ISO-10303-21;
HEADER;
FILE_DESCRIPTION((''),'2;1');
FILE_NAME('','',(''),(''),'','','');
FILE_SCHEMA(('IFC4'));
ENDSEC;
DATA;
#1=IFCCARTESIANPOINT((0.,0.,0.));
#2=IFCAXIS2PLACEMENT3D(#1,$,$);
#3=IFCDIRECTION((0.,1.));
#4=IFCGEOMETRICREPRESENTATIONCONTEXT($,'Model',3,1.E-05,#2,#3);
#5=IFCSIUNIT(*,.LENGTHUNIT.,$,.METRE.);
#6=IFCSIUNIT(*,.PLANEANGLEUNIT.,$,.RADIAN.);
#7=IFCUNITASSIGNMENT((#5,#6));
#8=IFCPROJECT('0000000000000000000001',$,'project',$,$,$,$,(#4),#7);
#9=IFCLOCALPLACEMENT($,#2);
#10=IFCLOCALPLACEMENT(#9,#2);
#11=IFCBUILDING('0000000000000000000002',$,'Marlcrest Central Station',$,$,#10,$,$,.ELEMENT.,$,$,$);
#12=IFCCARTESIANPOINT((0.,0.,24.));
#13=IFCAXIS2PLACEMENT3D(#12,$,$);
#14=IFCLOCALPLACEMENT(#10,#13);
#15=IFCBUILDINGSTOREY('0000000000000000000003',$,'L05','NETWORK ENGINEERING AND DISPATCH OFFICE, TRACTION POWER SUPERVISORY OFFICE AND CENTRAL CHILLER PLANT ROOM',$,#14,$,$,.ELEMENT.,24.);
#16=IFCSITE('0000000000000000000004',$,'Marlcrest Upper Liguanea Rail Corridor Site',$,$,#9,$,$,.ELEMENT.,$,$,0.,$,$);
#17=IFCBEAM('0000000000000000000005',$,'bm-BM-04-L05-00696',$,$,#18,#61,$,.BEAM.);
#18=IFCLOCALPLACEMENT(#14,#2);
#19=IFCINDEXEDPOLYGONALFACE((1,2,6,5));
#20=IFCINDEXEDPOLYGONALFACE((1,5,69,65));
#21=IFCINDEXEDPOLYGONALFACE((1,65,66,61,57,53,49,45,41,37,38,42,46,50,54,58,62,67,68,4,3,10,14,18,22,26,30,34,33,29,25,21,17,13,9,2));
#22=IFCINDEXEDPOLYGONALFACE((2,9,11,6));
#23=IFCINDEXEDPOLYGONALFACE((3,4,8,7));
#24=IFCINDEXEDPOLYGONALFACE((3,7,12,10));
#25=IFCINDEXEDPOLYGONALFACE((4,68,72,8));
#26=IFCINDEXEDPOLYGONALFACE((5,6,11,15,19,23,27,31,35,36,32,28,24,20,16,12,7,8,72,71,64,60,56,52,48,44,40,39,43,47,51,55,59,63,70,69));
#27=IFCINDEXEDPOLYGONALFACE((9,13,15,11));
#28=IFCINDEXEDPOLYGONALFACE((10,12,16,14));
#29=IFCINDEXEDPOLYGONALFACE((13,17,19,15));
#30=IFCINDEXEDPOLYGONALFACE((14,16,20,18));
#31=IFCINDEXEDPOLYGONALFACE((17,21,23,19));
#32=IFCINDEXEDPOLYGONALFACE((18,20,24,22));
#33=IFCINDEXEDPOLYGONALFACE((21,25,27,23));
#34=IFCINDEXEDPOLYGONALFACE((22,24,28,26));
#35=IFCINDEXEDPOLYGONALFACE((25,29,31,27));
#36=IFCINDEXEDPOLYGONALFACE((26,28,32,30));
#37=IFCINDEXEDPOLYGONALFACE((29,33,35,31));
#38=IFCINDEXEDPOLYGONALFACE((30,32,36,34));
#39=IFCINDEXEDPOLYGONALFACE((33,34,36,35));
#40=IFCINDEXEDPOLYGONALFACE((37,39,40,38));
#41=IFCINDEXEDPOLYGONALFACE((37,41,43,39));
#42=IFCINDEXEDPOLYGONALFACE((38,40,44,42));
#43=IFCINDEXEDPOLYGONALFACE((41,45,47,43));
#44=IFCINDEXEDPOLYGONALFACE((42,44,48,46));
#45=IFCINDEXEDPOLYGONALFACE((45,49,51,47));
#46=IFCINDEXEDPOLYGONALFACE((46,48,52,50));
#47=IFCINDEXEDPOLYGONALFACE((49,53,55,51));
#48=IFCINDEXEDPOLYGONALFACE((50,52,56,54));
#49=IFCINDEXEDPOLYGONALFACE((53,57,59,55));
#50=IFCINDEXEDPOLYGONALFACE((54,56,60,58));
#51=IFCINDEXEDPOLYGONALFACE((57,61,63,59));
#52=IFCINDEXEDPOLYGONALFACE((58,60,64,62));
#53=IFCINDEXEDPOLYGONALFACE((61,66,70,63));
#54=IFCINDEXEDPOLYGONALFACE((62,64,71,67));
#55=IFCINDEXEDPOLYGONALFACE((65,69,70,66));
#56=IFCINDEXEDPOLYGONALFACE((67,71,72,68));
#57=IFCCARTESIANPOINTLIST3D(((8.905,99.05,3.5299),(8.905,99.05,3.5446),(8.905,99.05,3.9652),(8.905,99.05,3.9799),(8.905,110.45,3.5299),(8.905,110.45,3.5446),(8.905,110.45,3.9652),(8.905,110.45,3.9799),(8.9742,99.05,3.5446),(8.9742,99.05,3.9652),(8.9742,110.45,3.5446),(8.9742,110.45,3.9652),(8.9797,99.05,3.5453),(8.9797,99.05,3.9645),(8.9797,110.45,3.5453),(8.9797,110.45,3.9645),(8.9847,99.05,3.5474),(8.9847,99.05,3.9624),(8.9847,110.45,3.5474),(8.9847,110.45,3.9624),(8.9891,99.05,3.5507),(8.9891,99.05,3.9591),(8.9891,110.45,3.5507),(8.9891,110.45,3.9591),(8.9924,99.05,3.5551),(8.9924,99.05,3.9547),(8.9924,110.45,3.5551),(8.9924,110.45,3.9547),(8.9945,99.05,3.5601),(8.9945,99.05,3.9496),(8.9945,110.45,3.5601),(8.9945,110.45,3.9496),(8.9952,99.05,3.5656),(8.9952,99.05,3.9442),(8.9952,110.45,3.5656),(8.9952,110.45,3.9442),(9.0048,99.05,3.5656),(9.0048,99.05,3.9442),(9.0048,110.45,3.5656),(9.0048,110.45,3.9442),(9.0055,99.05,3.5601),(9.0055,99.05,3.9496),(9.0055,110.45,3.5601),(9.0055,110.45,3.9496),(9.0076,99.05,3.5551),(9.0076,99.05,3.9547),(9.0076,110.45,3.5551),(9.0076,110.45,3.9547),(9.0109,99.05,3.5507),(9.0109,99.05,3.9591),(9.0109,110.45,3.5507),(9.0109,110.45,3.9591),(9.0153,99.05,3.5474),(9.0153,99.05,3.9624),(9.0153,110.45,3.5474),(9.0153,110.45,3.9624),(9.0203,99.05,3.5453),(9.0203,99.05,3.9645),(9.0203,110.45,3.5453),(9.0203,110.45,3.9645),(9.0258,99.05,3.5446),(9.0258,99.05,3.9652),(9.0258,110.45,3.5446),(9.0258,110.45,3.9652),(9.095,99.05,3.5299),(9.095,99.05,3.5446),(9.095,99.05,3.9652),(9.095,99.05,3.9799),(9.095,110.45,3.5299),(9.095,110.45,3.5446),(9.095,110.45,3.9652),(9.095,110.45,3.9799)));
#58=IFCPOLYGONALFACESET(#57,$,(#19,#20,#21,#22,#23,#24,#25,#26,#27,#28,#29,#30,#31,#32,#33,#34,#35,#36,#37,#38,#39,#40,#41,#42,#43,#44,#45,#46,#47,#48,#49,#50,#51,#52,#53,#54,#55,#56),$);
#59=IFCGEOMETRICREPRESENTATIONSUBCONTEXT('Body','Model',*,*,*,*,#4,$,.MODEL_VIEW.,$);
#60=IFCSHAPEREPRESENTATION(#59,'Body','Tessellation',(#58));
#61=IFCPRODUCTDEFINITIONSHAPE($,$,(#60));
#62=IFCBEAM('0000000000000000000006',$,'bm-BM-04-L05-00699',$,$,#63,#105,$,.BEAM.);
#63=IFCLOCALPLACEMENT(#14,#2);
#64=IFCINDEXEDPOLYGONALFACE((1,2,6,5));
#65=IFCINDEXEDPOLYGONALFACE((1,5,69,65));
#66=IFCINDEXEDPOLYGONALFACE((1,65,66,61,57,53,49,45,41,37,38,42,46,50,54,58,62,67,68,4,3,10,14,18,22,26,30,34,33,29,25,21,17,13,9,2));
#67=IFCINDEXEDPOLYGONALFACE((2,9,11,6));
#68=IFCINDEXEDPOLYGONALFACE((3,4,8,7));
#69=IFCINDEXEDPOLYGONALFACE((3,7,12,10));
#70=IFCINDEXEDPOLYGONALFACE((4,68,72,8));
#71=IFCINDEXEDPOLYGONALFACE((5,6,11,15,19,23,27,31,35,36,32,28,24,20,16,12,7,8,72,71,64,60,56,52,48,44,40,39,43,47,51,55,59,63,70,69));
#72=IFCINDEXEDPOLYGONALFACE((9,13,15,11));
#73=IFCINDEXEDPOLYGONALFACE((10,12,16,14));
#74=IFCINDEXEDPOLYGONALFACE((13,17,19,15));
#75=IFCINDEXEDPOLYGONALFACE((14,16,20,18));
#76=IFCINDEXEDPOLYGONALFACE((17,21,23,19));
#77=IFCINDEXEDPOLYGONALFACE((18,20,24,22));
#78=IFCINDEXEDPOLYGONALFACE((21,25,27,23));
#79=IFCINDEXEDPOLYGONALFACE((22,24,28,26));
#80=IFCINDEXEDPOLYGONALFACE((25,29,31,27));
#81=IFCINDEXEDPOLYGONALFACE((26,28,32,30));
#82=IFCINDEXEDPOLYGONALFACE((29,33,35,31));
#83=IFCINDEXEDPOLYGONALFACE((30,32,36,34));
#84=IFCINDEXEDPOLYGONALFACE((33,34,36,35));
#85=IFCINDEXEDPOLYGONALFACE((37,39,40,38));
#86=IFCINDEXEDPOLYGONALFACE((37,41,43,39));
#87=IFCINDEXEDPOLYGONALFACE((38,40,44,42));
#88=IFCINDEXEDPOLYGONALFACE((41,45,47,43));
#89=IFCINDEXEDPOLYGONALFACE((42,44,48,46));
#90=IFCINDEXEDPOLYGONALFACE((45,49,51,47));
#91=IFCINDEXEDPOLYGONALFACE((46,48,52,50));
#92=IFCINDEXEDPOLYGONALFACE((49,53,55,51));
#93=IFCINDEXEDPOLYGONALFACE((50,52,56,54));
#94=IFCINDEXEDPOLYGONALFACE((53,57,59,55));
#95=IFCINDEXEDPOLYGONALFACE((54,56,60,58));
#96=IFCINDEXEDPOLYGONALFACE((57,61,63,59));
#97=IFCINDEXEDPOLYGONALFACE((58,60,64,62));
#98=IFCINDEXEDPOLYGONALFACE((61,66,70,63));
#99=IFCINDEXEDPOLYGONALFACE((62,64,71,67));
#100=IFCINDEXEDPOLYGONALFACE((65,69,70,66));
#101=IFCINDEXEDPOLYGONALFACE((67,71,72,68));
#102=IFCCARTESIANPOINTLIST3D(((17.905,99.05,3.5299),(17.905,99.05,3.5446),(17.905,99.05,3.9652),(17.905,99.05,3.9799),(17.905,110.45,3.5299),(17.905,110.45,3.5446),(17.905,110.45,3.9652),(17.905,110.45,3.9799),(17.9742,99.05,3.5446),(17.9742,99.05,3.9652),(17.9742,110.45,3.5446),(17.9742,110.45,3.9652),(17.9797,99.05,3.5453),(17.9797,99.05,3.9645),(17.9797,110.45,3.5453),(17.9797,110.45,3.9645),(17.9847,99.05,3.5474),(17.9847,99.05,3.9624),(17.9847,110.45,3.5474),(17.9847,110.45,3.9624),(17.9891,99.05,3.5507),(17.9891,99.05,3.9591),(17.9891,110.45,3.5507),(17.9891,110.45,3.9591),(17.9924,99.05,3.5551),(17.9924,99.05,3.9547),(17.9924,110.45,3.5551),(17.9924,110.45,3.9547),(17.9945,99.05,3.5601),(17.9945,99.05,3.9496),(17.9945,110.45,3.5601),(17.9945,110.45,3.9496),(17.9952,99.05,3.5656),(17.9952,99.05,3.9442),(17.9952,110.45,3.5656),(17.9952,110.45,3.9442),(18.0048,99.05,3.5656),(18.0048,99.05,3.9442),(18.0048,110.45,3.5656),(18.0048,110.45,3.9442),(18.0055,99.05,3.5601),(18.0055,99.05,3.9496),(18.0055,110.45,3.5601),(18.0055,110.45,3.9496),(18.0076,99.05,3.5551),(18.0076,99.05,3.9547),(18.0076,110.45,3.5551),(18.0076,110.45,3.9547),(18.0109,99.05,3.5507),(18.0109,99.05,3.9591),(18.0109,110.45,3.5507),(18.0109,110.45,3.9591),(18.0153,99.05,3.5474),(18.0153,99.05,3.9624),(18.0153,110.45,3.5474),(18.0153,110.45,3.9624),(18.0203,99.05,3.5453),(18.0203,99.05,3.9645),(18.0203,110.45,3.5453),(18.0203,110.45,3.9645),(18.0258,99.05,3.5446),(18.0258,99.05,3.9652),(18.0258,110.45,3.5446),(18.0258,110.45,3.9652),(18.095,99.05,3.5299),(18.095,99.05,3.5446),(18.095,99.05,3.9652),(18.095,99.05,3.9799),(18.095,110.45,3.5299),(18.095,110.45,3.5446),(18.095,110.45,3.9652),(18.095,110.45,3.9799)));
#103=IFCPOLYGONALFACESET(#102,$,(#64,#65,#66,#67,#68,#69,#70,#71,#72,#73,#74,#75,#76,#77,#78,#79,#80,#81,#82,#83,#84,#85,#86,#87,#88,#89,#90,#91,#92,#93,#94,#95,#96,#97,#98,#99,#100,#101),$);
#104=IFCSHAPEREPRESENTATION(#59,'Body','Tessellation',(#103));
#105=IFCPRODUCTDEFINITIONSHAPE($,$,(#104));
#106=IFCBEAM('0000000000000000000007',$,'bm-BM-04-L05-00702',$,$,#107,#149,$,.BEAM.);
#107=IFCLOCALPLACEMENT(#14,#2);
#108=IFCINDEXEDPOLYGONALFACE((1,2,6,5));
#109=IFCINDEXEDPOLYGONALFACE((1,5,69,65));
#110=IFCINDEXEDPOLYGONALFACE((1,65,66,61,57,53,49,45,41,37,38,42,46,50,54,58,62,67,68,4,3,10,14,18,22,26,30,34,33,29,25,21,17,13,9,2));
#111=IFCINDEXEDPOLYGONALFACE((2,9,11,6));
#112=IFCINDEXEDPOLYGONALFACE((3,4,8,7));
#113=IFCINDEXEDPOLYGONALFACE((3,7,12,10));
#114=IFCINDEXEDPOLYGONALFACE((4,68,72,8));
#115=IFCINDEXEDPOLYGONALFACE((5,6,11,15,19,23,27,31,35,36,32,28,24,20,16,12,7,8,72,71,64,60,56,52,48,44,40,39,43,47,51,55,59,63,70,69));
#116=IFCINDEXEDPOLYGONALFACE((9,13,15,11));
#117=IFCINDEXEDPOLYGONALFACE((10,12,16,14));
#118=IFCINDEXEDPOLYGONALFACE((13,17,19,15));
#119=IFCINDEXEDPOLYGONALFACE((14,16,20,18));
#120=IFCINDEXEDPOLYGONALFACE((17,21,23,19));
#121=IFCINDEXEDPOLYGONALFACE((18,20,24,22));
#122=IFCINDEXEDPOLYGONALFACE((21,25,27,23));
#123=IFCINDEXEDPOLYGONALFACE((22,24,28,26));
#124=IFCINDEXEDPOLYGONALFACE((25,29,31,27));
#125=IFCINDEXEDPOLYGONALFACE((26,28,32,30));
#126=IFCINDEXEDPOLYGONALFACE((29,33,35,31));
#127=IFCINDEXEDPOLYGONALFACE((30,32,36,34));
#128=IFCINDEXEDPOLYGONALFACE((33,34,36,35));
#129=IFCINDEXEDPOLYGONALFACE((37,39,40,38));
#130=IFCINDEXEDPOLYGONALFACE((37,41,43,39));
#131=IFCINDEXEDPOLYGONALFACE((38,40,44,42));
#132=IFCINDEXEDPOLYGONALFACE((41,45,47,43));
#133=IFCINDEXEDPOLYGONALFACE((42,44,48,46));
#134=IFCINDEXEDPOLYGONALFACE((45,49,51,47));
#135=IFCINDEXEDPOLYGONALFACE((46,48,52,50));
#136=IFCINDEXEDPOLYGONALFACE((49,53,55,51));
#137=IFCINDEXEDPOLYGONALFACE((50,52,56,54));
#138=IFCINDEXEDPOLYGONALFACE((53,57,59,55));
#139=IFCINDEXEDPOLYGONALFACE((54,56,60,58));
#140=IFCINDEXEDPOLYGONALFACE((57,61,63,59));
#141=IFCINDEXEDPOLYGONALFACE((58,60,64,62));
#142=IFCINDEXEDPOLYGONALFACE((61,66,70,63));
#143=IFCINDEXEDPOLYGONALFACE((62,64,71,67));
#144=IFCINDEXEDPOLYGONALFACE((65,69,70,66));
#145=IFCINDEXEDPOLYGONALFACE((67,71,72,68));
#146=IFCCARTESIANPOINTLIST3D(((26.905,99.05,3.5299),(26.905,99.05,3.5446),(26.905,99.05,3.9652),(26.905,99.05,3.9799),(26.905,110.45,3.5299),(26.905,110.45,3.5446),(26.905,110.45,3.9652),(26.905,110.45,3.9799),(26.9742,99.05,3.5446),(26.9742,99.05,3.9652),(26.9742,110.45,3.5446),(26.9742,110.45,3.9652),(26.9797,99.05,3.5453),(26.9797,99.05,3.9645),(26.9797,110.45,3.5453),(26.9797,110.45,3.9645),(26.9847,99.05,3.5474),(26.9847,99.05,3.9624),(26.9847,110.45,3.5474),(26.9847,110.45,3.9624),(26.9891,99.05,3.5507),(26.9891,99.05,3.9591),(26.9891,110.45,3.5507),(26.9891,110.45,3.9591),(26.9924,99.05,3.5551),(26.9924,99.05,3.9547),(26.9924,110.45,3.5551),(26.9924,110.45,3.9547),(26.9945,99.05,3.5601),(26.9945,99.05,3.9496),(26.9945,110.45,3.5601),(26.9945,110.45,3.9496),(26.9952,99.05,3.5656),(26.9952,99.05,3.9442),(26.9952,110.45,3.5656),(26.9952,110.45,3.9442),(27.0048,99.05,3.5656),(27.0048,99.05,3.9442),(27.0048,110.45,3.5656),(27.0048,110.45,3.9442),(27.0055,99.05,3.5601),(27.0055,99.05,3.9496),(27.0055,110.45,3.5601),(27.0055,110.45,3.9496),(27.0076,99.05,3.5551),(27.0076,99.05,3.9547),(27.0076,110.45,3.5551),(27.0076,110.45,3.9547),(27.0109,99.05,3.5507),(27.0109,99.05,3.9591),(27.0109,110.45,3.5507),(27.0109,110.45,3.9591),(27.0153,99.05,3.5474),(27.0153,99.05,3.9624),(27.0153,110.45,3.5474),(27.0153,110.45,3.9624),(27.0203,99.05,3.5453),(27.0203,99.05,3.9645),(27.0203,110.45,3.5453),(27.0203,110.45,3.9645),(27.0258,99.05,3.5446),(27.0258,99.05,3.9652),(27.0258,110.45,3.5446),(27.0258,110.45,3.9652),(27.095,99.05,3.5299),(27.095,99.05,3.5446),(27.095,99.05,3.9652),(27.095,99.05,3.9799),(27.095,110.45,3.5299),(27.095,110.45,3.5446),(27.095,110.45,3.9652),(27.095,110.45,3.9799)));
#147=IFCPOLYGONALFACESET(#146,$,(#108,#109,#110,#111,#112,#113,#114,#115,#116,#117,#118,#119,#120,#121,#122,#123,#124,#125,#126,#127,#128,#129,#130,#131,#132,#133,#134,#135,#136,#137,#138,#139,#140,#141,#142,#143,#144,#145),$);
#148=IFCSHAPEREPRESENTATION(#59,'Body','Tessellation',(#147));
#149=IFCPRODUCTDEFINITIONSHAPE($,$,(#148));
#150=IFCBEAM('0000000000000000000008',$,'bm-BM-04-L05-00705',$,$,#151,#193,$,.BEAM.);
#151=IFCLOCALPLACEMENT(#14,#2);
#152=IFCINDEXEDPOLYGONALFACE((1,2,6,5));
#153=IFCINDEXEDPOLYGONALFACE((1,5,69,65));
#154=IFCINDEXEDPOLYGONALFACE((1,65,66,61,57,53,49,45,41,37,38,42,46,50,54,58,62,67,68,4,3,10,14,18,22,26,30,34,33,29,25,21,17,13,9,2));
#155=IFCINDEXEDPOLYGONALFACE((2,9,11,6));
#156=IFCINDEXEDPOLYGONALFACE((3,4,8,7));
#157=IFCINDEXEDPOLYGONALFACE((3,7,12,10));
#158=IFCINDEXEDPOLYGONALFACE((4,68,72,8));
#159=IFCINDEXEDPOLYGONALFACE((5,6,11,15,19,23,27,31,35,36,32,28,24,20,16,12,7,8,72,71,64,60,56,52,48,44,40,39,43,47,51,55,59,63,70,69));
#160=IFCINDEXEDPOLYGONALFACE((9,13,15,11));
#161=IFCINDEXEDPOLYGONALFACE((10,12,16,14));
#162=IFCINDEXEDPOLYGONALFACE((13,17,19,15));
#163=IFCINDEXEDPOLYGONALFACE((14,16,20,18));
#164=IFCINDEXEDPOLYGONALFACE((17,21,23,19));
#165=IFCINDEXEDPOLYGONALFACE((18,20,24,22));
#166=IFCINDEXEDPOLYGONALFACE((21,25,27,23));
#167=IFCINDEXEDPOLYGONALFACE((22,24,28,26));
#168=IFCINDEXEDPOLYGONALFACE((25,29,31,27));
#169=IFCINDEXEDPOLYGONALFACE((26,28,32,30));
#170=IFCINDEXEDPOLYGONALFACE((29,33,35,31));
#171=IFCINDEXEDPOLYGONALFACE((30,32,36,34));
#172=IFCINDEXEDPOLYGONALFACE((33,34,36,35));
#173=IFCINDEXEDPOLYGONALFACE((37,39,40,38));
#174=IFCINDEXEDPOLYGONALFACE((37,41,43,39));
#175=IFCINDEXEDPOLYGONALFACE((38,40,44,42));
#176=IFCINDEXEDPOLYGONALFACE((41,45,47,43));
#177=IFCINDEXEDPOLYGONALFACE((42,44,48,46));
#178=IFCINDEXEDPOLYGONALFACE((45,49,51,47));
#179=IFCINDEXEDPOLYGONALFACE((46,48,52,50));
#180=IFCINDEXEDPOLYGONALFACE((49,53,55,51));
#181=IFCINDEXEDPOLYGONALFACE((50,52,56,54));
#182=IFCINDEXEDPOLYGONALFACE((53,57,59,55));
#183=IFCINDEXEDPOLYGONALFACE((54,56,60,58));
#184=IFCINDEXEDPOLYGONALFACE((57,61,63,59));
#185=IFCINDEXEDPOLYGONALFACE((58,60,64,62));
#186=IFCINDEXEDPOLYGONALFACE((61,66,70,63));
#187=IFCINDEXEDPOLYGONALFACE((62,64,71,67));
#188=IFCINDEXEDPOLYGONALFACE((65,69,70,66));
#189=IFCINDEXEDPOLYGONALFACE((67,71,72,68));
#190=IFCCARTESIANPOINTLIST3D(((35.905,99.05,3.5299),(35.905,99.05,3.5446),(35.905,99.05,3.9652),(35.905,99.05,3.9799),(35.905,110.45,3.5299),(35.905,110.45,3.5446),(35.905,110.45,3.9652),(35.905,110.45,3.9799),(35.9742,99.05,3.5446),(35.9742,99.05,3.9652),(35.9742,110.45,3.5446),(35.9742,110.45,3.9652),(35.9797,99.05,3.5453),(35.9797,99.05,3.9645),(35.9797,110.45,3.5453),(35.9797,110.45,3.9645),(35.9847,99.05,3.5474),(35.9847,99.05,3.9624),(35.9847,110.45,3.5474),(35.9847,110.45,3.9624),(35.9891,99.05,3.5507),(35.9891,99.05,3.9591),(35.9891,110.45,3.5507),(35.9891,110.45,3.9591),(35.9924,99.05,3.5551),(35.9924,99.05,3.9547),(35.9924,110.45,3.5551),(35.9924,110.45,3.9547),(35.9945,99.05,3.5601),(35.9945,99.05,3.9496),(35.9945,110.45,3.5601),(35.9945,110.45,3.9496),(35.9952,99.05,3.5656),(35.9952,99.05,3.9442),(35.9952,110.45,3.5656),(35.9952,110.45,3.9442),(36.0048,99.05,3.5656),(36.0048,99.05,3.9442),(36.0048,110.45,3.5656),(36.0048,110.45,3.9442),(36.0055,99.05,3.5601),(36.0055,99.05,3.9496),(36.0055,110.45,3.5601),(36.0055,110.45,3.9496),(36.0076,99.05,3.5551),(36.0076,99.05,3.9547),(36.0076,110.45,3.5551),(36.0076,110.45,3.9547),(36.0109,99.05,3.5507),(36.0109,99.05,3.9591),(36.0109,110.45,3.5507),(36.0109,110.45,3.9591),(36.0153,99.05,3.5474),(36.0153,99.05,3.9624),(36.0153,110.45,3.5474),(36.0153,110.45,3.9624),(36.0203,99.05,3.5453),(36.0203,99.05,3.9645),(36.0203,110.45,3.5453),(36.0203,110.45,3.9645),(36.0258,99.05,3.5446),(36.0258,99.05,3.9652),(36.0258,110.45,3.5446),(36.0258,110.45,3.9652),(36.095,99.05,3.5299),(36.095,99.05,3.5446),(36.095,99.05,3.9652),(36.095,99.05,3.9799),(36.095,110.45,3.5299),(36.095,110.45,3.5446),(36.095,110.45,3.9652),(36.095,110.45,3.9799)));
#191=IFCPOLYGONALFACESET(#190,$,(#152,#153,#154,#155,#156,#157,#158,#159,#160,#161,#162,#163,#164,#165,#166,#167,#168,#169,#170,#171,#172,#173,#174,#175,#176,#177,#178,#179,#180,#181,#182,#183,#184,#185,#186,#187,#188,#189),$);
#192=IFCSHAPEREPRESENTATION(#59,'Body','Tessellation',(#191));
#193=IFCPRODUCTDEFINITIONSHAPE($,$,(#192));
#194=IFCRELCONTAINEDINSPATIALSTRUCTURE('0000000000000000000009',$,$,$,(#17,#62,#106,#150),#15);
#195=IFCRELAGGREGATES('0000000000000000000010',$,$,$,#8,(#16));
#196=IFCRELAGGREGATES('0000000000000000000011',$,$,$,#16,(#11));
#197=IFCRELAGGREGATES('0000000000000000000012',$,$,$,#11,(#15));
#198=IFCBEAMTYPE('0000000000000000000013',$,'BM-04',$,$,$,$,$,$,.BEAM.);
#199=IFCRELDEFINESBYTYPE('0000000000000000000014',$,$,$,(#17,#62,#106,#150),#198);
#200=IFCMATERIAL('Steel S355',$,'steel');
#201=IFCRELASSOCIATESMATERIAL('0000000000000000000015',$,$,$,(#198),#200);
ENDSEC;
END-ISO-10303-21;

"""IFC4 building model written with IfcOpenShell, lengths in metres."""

from ifc_helpers import new_model, si_unit, direction, frame, origin, origin_2d, place, context, subcontext, project, spatial, i_section, extrude, material, material_profile, profile_set, type_object, element, save


model = new_model("IFC4")

# Units and contexts
model_context = context("Model", 3, precision=1e-05, world=origin(), true_north=direction((0.0, 1.0)))
body_context = subcontext(model_context, "Body", "Model", "MODEL_VIEW")
ifc_project = project(units=[si_unit("LENGTHUNIT", "METRE"), si_unit("PLANEANGLEUNIT", "RADIAN")], contexts=[model_context])

# Site, building, storey
site_placement = place(None, origin())
site = spatial("IfcSite", under=ifc_project, at=site_placement, Name="Marlcrest Upper Liguanea Rail Corridor Site", CompositionType="ELEMENT", RefElevation=0.0)
building_placement = place(site_placement, origin())
building = spatial("IfcBuilding", under=site, at=building_placement, Name="Marlcrest Central Station", CompositionType="ELEMENT")
storey_placement = place(building_placement, frame((0.0, 0.0, 24.0)))
storey = spatial("IfcBuildingStorey", under=building, at=storey_placement, Name="L05", Description="NETWORK ENGINEERING AND DISPATCH OFFICE, TRACTION POWER SUPERVISORY OFFICE AND CENTRAL CHILLER PLANT ROOM", CompositionType="ELEMENT", Elevation=24.0)

# Beams
ifc_material_1 = material(Name="Steel S355", Category="steel")
ifc_material_profile_1 = material_profile(ifc_material_1, i_section(OverallWidth=0.1899, OverallDepth=0.45, WebThickness=0.0095, FlangeThickness=0.0146, FilletRadius=0.021, at=origin_2d()), Name="IPE 450")
ifc_profile_set_1 = profile_set([ifc_material_profile_1], Name="Steel S355")
beam_type_1 = type_object("IfcBeamType", Name="BM-04", PredefinedType="BEAM", material=ifc_profile_set_1)
for number, where, z_axis, x_axis, name in (
    (1, (9.0, 99.05, 3.7549), (0.0, 1.0, 0.0), (-1.0, 0.0, 0.0), "bm-BM-04-L05-00696"),
    (2, (18.0, 99.05, 3.7549), (0.0, 1.0, 0.0), (-1.0, 0.0, 0.0), "bm-BM-04-L05-00699"),
    (3, (27.0, 99.05, 3.7549), (0.0, 1.0, 0.0), (-1.0, 0.0, 0.0), "bm-BM-04-L05-00702"),
    (4, (36.0, 99.05, 3.7549), (0.0, 1.0, 0.0), (-1.0, 0.0, 0.0), "bm-BM-04-L05-00705"),
):
    element("IfcBeam", number, at=place(storey_placement, frame(where, z_axis=z_axis, x_axis=x_axis)), inside=storey, type_object=beam_type_1, Name=name, PredefinedType="BEAM", context=body_context, shape_type="SweptSolid", body=[
        extrude(i_section(OverallWidth=0.1899, OverallDepth=0.45, WebThickness=0.0095, FlangeThickness=0.0146, FilletRadius=0.021, at=origin_2d()), origin(), (0.0, 0.0, 1.0), 11.3999),
    ])

save(model, "model.ifc")
